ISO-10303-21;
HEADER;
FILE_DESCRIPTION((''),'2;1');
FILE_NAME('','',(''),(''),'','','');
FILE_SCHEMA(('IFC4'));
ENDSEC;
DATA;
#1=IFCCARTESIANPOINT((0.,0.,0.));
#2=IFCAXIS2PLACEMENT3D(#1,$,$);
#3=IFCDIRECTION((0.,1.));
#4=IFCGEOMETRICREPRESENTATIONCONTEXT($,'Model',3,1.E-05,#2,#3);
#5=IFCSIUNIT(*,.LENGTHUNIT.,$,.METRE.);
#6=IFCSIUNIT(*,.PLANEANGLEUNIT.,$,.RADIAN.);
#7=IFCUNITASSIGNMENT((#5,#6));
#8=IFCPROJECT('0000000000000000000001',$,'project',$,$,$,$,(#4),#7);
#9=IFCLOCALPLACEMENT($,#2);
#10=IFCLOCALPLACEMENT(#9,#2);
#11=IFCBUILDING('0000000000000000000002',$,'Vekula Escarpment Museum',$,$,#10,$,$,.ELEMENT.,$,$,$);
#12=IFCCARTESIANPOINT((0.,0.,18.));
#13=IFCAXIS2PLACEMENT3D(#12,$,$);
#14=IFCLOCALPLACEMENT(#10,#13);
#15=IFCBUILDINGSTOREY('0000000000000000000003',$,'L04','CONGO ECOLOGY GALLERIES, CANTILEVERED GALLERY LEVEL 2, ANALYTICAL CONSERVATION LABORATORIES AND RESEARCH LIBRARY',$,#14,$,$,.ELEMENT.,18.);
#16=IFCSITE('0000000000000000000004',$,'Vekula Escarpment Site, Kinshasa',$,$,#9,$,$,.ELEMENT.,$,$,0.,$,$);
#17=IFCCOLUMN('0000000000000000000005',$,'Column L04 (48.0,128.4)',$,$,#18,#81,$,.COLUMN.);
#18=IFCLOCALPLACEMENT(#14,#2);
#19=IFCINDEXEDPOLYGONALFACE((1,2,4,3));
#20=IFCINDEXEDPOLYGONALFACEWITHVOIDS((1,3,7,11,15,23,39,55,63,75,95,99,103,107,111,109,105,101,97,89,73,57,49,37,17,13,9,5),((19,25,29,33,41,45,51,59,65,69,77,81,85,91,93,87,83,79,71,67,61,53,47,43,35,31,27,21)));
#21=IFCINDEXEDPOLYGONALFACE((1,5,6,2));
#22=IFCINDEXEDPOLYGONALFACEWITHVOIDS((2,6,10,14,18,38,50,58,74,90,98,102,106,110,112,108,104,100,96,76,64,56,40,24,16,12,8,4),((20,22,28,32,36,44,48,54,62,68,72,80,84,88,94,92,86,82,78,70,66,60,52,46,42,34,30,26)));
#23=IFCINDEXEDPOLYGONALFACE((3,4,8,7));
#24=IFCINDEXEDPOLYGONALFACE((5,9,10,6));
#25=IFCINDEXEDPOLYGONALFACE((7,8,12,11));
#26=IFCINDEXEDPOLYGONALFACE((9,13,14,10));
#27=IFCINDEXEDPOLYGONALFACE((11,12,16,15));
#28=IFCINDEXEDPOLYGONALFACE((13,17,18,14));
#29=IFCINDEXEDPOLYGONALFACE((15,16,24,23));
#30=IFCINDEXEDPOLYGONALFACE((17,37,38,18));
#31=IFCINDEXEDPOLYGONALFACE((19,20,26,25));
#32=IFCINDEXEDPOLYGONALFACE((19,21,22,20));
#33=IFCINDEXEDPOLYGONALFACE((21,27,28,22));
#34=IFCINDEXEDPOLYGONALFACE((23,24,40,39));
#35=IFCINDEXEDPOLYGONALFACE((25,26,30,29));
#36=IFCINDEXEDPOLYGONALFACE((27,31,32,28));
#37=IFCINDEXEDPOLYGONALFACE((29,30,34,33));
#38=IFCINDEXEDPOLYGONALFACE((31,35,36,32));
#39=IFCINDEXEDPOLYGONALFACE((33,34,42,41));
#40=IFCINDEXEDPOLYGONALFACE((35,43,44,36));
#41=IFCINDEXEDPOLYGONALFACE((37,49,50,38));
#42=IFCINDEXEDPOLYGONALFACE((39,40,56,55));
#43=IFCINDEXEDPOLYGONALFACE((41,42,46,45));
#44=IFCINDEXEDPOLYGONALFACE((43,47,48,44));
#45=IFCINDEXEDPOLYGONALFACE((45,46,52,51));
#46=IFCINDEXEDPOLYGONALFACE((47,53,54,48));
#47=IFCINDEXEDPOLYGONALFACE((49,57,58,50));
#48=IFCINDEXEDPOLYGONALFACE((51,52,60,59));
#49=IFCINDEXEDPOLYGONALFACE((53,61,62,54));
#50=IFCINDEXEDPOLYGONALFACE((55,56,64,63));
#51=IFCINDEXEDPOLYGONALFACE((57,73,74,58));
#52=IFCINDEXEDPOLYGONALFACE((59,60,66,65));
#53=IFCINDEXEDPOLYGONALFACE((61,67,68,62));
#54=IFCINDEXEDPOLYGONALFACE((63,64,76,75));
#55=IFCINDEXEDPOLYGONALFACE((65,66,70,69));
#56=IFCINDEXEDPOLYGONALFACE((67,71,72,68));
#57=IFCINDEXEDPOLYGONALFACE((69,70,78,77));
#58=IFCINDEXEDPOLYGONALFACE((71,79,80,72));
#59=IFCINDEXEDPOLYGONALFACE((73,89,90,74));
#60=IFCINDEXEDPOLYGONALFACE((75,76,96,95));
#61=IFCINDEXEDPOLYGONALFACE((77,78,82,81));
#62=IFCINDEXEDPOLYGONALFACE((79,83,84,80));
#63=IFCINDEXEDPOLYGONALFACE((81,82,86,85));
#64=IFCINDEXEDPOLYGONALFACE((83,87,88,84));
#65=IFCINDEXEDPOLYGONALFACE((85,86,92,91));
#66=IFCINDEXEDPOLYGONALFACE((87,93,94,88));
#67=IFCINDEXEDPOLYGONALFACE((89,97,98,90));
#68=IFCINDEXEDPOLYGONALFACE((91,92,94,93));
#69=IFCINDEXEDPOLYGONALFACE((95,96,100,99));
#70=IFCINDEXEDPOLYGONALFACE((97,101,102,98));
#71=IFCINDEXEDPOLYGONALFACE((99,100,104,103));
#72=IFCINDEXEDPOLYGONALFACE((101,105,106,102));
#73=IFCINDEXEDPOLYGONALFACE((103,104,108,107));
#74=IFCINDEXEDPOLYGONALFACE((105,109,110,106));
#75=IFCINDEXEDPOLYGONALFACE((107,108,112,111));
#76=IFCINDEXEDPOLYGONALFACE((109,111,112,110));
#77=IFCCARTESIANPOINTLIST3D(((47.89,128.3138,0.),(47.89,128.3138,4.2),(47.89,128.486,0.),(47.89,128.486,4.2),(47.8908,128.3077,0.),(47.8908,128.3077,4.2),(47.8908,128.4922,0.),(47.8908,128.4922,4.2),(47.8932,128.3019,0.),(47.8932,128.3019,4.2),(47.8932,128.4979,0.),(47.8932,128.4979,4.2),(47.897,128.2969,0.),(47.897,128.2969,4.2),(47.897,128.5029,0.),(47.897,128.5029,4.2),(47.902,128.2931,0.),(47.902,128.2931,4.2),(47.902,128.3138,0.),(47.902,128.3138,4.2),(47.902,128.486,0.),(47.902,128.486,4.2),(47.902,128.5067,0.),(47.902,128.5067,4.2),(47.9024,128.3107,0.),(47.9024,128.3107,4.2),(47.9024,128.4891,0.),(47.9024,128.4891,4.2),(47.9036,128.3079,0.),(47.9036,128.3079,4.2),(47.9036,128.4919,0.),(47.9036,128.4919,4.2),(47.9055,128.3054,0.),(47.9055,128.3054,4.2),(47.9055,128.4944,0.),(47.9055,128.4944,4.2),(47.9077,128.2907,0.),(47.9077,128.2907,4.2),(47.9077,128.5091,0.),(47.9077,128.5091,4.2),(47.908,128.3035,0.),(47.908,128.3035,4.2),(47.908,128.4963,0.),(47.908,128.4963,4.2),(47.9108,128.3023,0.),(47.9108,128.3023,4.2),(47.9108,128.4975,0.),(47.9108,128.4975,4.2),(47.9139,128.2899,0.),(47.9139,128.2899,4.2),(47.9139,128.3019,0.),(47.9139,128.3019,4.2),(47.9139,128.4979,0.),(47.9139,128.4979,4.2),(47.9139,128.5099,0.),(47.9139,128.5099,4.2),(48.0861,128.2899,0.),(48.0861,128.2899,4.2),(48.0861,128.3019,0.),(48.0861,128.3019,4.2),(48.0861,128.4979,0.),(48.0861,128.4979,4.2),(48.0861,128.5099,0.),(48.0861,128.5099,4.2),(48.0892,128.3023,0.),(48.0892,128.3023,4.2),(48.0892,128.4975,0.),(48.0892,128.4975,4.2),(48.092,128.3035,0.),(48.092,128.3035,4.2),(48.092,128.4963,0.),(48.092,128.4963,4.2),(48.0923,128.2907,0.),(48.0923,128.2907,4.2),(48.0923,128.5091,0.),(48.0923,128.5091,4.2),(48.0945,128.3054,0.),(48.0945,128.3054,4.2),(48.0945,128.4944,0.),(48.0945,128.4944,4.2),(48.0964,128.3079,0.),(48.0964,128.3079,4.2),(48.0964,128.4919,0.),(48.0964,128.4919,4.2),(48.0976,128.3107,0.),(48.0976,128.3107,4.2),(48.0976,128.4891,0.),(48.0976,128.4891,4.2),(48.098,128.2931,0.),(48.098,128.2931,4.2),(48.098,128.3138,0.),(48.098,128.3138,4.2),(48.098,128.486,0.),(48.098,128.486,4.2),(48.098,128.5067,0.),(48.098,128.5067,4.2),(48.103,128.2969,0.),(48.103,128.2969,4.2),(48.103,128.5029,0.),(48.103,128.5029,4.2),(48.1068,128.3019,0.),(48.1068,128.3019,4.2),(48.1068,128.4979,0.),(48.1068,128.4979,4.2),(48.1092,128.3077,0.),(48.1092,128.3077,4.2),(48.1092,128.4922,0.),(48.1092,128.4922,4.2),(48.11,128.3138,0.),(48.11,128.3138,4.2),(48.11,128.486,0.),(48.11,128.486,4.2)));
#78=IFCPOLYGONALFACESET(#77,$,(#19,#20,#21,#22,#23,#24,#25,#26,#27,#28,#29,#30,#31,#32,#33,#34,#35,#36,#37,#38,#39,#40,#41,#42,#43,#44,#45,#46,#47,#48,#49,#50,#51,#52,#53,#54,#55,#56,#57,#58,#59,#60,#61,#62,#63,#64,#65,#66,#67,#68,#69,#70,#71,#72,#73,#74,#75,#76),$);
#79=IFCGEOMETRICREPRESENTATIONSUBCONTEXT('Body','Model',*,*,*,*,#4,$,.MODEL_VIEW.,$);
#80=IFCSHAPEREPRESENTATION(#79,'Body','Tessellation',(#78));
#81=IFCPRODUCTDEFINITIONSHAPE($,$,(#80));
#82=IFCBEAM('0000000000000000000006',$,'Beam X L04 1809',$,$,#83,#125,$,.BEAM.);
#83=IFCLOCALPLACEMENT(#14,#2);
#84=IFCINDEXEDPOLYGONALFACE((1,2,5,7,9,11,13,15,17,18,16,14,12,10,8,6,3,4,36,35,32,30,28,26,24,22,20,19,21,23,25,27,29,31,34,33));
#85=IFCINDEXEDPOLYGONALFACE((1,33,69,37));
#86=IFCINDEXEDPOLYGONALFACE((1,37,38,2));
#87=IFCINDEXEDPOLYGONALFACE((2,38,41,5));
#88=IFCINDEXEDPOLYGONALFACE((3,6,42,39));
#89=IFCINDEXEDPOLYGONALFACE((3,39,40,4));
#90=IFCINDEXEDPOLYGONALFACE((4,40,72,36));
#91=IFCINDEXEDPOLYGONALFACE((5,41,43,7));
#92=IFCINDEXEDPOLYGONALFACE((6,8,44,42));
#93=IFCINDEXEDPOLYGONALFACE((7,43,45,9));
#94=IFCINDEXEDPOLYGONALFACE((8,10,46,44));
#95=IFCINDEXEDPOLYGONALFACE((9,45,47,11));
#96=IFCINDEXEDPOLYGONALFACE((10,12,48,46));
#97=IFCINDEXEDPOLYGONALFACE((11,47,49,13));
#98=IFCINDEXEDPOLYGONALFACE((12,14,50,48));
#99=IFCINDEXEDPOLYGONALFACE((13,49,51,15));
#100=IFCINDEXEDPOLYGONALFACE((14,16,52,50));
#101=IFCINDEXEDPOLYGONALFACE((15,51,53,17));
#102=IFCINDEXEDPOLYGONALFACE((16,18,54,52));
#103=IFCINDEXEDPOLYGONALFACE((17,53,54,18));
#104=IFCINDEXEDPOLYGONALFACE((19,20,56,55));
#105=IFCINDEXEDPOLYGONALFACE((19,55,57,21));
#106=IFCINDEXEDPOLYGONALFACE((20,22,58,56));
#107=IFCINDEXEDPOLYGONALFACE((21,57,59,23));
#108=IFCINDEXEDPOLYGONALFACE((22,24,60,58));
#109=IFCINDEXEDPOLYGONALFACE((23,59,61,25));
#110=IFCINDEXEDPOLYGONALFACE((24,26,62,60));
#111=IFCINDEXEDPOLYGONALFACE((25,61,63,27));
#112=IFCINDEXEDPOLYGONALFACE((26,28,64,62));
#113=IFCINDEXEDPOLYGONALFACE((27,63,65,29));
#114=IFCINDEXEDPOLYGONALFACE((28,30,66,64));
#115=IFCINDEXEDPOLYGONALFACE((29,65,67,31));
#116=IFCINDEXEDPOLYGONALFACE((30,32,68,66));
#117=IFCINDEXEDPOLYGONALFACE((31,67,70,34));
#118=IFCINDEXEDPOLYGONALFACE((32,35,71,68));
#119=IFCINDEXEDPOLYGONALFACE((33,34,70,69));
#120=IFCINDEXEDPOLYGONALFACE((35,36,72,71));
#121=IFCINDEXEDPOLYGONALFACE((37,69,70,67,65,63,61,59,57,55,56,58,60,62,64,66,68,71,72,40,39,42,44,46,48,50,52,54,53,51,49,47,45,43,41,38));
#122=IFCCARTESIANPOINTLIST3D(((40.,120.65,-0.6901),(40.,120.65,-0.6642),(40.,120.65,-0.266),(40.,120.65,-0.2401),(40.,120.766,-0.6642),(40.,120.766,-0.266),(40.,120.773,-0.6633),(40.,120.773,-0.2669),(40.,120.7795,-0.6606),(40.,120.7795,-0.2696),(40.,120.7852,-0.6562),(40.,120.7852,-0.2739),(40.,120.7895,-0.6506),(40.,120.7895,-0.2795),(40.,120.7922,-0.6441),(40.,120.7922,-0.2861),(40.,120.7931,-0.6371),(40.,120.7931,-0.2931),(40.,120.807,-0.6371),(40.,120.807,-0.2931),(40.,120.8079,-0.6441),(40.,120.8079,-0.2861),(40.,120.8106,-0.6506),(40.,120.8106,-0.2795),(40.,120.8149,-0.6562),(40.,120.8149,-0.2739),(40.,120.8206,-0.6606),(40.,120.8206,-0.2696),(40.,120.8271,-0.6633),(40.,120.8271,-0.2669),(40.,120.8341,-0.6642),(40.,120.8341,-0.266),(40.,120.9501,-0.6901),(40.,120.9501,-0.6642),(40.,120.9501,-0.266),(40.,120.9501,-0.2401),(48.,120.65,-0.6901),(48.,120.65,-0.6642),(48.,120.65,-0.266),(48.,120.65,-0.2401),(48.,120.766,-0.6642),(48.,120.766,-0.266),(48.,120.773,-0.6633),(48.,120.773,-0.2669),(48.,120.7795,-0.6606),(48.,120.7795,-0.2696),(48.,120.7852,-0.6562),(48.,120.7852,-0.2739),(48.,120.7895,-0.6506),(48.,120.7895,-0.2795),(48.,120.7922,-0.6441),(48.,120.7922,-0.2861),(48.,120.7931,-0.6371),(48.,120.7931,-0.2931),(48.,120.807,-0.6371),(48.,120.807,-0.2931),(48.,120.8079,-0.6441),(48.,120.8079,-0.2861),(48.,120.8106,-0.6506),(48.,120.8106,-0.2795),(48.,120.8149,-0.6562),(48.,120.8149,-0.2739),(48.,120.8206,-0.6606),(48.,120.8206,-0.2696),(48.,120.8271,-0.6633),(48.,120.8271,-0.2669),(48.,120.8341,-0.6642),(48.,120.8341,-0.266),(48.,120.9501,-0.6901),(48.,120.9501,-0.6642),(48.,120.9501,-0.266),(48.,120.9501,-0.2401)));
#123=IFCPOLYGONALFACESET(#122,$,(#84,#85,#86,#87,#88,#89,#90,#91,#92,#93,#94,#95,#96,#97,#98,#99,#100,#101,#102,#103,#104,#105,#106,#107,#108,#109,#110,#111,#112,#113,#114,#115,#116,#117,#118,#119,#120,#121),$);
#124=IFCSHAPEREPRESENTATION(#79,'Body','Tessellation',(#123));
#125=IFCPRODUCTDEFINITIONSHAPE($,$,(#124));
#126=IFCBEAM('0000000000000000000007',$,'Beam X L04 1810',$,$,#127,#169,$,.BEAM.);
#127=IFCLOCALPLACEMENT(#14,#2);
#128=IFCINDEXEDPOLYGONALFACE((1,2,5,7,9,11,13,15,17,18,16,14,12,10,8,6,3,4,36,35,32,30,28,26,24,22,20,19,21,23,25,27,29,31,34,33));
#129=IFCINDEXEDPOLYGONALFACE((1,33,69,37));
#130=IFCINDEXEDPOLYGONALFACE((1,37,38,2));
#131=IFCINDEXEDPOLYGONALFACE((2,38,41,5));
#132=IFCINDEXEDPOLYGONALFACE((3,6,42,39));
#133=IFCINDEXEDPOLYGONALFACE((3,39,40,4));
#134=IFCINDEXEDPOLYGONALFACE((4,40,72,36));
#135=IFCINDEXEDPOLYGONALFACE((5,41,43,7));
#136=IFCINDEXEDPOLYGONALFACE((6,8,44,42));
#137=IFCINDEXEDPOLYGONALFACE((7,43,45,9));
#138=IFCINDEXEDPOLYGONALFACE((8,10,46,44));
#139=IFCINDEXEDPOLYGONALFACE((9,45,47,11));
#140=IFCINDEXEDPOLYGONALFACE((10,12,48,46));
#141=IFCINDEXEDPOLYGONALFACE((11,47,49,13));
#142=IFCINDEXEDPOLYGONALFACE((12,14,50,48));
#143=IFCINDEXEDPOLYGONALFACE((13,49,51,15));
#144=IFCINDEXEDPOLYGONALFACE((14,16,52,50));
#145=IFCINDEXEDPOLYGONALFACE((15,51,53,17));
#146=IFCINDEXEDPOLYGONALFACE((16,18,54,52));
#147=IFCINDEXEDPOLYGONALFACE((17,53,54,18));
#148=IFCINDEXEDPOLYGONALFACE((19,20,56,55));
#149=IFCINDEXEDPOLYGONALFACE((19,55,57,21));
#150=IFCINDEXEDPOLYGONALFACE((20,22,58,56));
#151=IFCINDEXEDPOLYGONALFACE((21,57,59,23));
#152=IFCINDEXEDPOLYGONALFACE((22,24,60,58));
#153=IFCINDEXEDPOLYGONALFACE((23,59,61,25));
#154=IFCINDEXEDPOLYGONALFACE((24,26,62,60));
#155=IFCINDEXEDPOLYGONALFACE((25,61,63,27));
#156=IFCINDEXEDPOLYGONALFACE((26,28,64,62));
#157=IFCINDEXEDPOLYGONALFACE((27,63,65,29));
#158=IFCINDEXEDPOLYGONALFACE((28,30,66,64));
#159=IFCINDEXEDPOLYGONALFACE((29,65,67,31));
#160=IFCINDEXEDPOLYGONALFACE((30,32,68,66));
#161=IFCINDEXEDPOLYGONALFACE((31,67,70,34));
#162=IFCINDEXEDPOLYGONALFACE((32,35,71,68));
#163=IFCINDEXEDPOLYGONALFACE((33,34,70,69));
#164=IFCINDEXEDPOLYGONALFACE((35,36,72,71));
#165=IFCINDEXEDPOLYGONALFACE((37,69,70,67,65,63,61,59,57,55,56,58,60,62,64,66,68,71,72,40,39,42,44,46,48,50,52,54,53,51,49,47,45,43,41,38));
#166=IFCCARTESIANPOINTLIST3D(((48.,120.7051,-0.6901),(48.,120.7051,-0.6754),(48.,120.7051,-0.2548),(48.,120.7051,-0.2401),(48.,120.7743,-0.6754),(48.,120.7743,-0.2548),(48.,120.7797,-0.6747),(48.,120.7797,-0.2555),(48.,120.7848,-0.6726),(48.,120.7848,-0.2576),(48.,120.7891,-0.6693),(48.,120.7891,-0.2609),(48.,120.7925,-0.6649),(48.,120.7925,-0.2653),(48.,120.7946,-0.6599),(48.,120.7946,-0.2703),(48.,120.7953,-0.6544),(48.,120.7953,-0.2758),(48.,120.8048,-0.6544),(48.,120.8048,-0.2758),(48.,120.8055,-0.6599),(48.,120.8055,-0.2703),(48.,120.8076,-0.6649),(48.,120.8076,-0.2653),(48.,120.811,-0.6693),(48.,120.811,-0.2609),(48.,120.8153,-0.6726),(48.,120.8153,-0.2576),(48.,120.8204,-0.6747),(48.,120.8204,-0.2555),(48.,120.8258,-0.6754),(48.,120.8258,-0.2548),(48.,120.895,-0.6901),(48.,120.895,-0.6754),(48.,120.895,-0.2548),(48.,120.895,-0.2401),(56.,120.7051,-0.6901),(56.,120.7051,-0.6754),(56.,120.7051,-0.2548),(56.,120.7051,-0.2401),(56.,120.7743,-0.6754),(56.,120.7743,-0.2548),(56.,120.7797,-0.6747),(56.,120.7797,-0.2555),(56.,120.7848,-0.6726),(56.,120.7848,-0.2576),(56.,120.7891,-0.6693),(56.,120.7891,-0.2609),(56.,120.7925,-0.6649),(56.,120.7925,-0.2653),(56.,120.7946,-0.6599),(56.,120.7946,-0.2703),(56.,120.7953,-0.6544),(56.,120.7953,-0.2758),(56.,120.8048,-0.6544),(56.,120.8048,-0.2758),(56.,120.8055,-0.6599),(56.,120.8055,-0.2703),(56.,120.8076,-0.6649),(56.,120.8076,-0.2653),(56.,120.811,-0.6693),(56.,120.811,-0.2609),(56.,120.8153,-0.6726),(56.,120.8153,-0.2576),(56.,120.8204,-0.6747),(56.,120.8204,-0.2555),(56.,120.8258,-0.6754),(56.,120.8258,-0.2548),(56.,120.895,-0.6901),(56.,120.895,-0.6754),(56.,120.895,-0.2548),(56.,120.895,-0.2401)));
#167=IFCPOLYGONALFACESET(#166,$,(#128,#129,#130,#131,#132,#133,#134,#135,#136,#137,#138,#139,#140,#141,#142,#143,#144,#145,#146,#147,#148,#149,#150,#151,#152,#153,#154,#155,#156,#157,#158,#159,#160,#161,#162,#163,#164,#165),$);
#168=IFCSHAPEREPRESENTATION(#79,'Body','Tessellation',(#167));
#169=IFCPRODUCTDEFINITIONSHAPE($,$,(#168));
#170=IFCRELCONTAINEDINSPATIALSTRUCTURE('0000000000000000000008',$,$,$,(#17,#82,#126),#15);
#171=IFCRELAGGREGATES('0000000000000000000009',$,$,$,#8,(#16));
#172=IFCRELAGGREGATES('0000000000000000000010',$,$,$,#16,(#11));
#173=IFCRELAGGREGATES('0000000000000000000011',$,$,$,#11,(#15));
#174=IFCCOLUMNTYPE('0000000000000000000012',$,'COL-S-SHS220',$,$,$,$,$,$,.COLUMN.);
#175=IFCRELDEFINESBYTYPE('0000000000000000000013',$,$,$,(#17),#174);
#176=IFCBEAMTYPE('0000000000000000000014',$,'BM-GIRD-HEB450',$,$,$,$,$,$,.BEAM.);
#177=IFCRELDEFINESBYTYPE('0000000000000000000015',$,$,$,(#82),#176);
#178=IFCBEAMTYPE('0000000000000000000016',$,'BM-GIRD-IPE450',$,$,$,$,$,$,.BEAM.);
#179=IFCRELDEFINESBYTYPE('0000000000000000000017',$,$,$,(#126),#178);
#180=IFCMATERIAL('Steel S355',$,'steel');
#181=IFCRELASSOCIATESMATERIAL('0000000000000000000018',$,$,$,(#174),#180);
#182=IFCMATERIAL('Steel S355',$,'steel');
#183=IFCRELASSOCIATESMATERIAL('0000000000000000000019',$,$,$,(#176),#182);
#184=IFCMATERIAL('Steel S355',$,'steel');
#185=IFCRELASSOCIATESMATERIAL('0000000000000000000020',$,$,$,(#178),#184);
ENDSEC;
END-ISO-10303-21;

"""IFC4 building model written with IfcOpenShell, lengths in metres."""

from ifc_helpers import new_model, si_unit, direction, frame, origin, origin_2d, place, context, subcontext, project, spatial, hollow_rectangle, i_section, extrude, material, material_profile, profile_set, type_object, element, save


model = new_model("IFC4")

# Units and contexts
model_context = context("Model", 3, precision=1e-05, world=origin(), true_north=direction((0.0, 1.0)))
body_context = subcontext(model_context, "Body", "Model", "MODEL_VIEW")
ifc_project = project(units=[si_unit("LENGTHUNIT", "METRE"), si_unit("PLANEANGLEUNIT", "RADIAN")], contexts=[model_context])

# Site, building, storey
site_placement = place(None, origin())
site = spatial("IfcSite", under=ifc_project, at=site_placement, Name="Vekula Escarpment Site, Kinshasa", CompositionType="ELEMENT", RefElevation=0.0)
building_placement = place(site_placement, origin())
building = spatial("IfcBuilding", under=site, at=building_placement, Name="Vekula Escarpment Museum", CompositionType="ELEMENT")
storey_placement = place(building_placement, frame((0.0, 0.0, 18.0)))
storey = spatial("IfcBuildingStorey", under=building, at=storey_placement, Name="L04", Description="CONGO ECOLOGY GALLERIES, CANTILEVERED GALLERY LEVEL 2, ANALYTICAL CONSERVATION LABORATORIES AND RESEARCH LIBRARY", CompositionType="ELEMENT", Elevation=18.0)

# Column
ifc_material_1 = material(Name="Steel S355", Category="steel")
ifc_material_profile_1 = material_profile(ifc_material_1, hollow_rectangle(XDim=0.22, YDim=0.22, WallThickness=0.012, InnerFilletRadius=0.012, OuterFilletRadius=0.0239, at=origin_2d()), Name="SHS 220x220x12")
ifc_profile_set_1 = profile_set([ifc_material_profile_1], Name="Steel S355")
column_type_1 = type_object("IfcColumnType", Name="COL-S-SHS220", PredefinedType="COLUMN", material=ifc_profile_set_1)
for number, where, z_axis, x_axis, name in (
    (1, (48.0, 128.3999, 0.0), (0.0, 0.0, 1.0), (1.0, 0.0, 0.0), "Column L04 (48.0,128.4)"),
):
    element("IfcColumn", number, at=place(storey_placement, frame(where, z_axis=z_axis, x_axis=x_axis)), inside=storey, type_object=column_type_1, Name=name, PredefinedType="COLUMN", context=body_context, shape_type="SweptSolid", body=[
        extrude(hollow_rectangle(XDim=0.22, YDim=0.22, WallThickness=0.012, InnerFilletRadius=0.012, OuterFilletRadius=0.0239, at=origin_2d()), origin(), (0.0, 0.0, 1.0), 4.2),
    ])

# Beams
ifc_material_2 = material(Name="Steel S355", Category="steel")
ifc_material_profile_2 = material_profile(ifc_material_2, i_section(OverallWidth=0.3, OverallDepth=0.45, WebThickness=0.0139, FlangeThickness=0.0259, FilletRadius=0.0271, at=origin_2d()), Name="HEB 450")
ifc_profile_set_2 = profile_set([ifc_material_profile_2], Name="Steel S355")
beam_type_1 = type_object("IfcBeamType", Name="BM-GIRD-HEB450", PredefinedType="BEAM", material=ifc_profile_set_2)
beam_1_placement = place(storey_placement, frame((40.0, 120.8, -0.4651), z_axis=(1.0, 0.0, 0.0), x_axis=(0.0, 1.0, 0.0)))
element("IfcBeam", 2, at=beam_1_placement, inside=storey, type_object=beam_type_1, Name="Beam X L04 1809", PredefinedType="BEAM", context=body_context, shape_type="SweptSolid", body=[
    extrude(i_section(OverallWidth=0.3, OverallDepth=0.45, WebThickness=0.0139, FlangeThickness=0.0259, FilletRadius=0.0271, at=origin_2d()), origin(), (0.0, 0.0, 1.0), 8.0),
])
ifc_material_3 = material(Name="Steel S355", Category="steel")
ifc_material_profile_3 = material_profile(ifc_material_3, i_section(OverallWidth=0.1899, OverallDepth=0.45, WebThickness=0.0095, FlangeThickness=0.0146, FilletRadius=0.021, at=origin_2d()), Name="IPE 450")
ifc_profile_set_3 = profile_set([ifc_material_profile_3], Name="Steel S355")
beam_type_2 = type_object("IfcBeamType", Name="BM-GIRD-IPE450", PredefinedType="BEAM", material=ifc_profile_set_3)
for number, where, z_axis, x_axis, name in (
    (3, (48.0, 120.8, -0.4651), (1.0, 0.0, 0.0), (0.0, 1.0, 0.0), "Beam X L04 1810"),
):
    element("IfcBeam", number, at=place(storey_placement, frame(where, z_axis=z_axis, x_axis=x_axis)), inside=storey, type_object=beam_type_2, Name=name, PredefinedType="BEAM", context=body_context, shape_type="SweptSolid", body=[
        extrude(i_section(OverallWidth=0.1899, OverallDepth=0.45, WebThickness=0.0095, FlangeThickness=0.0146, FilletRadius=0.021, at=origin_2d()), origin(), (0.0, 0.0, 1.0), 8.0),
    ])

save(model, "model.ifc")
